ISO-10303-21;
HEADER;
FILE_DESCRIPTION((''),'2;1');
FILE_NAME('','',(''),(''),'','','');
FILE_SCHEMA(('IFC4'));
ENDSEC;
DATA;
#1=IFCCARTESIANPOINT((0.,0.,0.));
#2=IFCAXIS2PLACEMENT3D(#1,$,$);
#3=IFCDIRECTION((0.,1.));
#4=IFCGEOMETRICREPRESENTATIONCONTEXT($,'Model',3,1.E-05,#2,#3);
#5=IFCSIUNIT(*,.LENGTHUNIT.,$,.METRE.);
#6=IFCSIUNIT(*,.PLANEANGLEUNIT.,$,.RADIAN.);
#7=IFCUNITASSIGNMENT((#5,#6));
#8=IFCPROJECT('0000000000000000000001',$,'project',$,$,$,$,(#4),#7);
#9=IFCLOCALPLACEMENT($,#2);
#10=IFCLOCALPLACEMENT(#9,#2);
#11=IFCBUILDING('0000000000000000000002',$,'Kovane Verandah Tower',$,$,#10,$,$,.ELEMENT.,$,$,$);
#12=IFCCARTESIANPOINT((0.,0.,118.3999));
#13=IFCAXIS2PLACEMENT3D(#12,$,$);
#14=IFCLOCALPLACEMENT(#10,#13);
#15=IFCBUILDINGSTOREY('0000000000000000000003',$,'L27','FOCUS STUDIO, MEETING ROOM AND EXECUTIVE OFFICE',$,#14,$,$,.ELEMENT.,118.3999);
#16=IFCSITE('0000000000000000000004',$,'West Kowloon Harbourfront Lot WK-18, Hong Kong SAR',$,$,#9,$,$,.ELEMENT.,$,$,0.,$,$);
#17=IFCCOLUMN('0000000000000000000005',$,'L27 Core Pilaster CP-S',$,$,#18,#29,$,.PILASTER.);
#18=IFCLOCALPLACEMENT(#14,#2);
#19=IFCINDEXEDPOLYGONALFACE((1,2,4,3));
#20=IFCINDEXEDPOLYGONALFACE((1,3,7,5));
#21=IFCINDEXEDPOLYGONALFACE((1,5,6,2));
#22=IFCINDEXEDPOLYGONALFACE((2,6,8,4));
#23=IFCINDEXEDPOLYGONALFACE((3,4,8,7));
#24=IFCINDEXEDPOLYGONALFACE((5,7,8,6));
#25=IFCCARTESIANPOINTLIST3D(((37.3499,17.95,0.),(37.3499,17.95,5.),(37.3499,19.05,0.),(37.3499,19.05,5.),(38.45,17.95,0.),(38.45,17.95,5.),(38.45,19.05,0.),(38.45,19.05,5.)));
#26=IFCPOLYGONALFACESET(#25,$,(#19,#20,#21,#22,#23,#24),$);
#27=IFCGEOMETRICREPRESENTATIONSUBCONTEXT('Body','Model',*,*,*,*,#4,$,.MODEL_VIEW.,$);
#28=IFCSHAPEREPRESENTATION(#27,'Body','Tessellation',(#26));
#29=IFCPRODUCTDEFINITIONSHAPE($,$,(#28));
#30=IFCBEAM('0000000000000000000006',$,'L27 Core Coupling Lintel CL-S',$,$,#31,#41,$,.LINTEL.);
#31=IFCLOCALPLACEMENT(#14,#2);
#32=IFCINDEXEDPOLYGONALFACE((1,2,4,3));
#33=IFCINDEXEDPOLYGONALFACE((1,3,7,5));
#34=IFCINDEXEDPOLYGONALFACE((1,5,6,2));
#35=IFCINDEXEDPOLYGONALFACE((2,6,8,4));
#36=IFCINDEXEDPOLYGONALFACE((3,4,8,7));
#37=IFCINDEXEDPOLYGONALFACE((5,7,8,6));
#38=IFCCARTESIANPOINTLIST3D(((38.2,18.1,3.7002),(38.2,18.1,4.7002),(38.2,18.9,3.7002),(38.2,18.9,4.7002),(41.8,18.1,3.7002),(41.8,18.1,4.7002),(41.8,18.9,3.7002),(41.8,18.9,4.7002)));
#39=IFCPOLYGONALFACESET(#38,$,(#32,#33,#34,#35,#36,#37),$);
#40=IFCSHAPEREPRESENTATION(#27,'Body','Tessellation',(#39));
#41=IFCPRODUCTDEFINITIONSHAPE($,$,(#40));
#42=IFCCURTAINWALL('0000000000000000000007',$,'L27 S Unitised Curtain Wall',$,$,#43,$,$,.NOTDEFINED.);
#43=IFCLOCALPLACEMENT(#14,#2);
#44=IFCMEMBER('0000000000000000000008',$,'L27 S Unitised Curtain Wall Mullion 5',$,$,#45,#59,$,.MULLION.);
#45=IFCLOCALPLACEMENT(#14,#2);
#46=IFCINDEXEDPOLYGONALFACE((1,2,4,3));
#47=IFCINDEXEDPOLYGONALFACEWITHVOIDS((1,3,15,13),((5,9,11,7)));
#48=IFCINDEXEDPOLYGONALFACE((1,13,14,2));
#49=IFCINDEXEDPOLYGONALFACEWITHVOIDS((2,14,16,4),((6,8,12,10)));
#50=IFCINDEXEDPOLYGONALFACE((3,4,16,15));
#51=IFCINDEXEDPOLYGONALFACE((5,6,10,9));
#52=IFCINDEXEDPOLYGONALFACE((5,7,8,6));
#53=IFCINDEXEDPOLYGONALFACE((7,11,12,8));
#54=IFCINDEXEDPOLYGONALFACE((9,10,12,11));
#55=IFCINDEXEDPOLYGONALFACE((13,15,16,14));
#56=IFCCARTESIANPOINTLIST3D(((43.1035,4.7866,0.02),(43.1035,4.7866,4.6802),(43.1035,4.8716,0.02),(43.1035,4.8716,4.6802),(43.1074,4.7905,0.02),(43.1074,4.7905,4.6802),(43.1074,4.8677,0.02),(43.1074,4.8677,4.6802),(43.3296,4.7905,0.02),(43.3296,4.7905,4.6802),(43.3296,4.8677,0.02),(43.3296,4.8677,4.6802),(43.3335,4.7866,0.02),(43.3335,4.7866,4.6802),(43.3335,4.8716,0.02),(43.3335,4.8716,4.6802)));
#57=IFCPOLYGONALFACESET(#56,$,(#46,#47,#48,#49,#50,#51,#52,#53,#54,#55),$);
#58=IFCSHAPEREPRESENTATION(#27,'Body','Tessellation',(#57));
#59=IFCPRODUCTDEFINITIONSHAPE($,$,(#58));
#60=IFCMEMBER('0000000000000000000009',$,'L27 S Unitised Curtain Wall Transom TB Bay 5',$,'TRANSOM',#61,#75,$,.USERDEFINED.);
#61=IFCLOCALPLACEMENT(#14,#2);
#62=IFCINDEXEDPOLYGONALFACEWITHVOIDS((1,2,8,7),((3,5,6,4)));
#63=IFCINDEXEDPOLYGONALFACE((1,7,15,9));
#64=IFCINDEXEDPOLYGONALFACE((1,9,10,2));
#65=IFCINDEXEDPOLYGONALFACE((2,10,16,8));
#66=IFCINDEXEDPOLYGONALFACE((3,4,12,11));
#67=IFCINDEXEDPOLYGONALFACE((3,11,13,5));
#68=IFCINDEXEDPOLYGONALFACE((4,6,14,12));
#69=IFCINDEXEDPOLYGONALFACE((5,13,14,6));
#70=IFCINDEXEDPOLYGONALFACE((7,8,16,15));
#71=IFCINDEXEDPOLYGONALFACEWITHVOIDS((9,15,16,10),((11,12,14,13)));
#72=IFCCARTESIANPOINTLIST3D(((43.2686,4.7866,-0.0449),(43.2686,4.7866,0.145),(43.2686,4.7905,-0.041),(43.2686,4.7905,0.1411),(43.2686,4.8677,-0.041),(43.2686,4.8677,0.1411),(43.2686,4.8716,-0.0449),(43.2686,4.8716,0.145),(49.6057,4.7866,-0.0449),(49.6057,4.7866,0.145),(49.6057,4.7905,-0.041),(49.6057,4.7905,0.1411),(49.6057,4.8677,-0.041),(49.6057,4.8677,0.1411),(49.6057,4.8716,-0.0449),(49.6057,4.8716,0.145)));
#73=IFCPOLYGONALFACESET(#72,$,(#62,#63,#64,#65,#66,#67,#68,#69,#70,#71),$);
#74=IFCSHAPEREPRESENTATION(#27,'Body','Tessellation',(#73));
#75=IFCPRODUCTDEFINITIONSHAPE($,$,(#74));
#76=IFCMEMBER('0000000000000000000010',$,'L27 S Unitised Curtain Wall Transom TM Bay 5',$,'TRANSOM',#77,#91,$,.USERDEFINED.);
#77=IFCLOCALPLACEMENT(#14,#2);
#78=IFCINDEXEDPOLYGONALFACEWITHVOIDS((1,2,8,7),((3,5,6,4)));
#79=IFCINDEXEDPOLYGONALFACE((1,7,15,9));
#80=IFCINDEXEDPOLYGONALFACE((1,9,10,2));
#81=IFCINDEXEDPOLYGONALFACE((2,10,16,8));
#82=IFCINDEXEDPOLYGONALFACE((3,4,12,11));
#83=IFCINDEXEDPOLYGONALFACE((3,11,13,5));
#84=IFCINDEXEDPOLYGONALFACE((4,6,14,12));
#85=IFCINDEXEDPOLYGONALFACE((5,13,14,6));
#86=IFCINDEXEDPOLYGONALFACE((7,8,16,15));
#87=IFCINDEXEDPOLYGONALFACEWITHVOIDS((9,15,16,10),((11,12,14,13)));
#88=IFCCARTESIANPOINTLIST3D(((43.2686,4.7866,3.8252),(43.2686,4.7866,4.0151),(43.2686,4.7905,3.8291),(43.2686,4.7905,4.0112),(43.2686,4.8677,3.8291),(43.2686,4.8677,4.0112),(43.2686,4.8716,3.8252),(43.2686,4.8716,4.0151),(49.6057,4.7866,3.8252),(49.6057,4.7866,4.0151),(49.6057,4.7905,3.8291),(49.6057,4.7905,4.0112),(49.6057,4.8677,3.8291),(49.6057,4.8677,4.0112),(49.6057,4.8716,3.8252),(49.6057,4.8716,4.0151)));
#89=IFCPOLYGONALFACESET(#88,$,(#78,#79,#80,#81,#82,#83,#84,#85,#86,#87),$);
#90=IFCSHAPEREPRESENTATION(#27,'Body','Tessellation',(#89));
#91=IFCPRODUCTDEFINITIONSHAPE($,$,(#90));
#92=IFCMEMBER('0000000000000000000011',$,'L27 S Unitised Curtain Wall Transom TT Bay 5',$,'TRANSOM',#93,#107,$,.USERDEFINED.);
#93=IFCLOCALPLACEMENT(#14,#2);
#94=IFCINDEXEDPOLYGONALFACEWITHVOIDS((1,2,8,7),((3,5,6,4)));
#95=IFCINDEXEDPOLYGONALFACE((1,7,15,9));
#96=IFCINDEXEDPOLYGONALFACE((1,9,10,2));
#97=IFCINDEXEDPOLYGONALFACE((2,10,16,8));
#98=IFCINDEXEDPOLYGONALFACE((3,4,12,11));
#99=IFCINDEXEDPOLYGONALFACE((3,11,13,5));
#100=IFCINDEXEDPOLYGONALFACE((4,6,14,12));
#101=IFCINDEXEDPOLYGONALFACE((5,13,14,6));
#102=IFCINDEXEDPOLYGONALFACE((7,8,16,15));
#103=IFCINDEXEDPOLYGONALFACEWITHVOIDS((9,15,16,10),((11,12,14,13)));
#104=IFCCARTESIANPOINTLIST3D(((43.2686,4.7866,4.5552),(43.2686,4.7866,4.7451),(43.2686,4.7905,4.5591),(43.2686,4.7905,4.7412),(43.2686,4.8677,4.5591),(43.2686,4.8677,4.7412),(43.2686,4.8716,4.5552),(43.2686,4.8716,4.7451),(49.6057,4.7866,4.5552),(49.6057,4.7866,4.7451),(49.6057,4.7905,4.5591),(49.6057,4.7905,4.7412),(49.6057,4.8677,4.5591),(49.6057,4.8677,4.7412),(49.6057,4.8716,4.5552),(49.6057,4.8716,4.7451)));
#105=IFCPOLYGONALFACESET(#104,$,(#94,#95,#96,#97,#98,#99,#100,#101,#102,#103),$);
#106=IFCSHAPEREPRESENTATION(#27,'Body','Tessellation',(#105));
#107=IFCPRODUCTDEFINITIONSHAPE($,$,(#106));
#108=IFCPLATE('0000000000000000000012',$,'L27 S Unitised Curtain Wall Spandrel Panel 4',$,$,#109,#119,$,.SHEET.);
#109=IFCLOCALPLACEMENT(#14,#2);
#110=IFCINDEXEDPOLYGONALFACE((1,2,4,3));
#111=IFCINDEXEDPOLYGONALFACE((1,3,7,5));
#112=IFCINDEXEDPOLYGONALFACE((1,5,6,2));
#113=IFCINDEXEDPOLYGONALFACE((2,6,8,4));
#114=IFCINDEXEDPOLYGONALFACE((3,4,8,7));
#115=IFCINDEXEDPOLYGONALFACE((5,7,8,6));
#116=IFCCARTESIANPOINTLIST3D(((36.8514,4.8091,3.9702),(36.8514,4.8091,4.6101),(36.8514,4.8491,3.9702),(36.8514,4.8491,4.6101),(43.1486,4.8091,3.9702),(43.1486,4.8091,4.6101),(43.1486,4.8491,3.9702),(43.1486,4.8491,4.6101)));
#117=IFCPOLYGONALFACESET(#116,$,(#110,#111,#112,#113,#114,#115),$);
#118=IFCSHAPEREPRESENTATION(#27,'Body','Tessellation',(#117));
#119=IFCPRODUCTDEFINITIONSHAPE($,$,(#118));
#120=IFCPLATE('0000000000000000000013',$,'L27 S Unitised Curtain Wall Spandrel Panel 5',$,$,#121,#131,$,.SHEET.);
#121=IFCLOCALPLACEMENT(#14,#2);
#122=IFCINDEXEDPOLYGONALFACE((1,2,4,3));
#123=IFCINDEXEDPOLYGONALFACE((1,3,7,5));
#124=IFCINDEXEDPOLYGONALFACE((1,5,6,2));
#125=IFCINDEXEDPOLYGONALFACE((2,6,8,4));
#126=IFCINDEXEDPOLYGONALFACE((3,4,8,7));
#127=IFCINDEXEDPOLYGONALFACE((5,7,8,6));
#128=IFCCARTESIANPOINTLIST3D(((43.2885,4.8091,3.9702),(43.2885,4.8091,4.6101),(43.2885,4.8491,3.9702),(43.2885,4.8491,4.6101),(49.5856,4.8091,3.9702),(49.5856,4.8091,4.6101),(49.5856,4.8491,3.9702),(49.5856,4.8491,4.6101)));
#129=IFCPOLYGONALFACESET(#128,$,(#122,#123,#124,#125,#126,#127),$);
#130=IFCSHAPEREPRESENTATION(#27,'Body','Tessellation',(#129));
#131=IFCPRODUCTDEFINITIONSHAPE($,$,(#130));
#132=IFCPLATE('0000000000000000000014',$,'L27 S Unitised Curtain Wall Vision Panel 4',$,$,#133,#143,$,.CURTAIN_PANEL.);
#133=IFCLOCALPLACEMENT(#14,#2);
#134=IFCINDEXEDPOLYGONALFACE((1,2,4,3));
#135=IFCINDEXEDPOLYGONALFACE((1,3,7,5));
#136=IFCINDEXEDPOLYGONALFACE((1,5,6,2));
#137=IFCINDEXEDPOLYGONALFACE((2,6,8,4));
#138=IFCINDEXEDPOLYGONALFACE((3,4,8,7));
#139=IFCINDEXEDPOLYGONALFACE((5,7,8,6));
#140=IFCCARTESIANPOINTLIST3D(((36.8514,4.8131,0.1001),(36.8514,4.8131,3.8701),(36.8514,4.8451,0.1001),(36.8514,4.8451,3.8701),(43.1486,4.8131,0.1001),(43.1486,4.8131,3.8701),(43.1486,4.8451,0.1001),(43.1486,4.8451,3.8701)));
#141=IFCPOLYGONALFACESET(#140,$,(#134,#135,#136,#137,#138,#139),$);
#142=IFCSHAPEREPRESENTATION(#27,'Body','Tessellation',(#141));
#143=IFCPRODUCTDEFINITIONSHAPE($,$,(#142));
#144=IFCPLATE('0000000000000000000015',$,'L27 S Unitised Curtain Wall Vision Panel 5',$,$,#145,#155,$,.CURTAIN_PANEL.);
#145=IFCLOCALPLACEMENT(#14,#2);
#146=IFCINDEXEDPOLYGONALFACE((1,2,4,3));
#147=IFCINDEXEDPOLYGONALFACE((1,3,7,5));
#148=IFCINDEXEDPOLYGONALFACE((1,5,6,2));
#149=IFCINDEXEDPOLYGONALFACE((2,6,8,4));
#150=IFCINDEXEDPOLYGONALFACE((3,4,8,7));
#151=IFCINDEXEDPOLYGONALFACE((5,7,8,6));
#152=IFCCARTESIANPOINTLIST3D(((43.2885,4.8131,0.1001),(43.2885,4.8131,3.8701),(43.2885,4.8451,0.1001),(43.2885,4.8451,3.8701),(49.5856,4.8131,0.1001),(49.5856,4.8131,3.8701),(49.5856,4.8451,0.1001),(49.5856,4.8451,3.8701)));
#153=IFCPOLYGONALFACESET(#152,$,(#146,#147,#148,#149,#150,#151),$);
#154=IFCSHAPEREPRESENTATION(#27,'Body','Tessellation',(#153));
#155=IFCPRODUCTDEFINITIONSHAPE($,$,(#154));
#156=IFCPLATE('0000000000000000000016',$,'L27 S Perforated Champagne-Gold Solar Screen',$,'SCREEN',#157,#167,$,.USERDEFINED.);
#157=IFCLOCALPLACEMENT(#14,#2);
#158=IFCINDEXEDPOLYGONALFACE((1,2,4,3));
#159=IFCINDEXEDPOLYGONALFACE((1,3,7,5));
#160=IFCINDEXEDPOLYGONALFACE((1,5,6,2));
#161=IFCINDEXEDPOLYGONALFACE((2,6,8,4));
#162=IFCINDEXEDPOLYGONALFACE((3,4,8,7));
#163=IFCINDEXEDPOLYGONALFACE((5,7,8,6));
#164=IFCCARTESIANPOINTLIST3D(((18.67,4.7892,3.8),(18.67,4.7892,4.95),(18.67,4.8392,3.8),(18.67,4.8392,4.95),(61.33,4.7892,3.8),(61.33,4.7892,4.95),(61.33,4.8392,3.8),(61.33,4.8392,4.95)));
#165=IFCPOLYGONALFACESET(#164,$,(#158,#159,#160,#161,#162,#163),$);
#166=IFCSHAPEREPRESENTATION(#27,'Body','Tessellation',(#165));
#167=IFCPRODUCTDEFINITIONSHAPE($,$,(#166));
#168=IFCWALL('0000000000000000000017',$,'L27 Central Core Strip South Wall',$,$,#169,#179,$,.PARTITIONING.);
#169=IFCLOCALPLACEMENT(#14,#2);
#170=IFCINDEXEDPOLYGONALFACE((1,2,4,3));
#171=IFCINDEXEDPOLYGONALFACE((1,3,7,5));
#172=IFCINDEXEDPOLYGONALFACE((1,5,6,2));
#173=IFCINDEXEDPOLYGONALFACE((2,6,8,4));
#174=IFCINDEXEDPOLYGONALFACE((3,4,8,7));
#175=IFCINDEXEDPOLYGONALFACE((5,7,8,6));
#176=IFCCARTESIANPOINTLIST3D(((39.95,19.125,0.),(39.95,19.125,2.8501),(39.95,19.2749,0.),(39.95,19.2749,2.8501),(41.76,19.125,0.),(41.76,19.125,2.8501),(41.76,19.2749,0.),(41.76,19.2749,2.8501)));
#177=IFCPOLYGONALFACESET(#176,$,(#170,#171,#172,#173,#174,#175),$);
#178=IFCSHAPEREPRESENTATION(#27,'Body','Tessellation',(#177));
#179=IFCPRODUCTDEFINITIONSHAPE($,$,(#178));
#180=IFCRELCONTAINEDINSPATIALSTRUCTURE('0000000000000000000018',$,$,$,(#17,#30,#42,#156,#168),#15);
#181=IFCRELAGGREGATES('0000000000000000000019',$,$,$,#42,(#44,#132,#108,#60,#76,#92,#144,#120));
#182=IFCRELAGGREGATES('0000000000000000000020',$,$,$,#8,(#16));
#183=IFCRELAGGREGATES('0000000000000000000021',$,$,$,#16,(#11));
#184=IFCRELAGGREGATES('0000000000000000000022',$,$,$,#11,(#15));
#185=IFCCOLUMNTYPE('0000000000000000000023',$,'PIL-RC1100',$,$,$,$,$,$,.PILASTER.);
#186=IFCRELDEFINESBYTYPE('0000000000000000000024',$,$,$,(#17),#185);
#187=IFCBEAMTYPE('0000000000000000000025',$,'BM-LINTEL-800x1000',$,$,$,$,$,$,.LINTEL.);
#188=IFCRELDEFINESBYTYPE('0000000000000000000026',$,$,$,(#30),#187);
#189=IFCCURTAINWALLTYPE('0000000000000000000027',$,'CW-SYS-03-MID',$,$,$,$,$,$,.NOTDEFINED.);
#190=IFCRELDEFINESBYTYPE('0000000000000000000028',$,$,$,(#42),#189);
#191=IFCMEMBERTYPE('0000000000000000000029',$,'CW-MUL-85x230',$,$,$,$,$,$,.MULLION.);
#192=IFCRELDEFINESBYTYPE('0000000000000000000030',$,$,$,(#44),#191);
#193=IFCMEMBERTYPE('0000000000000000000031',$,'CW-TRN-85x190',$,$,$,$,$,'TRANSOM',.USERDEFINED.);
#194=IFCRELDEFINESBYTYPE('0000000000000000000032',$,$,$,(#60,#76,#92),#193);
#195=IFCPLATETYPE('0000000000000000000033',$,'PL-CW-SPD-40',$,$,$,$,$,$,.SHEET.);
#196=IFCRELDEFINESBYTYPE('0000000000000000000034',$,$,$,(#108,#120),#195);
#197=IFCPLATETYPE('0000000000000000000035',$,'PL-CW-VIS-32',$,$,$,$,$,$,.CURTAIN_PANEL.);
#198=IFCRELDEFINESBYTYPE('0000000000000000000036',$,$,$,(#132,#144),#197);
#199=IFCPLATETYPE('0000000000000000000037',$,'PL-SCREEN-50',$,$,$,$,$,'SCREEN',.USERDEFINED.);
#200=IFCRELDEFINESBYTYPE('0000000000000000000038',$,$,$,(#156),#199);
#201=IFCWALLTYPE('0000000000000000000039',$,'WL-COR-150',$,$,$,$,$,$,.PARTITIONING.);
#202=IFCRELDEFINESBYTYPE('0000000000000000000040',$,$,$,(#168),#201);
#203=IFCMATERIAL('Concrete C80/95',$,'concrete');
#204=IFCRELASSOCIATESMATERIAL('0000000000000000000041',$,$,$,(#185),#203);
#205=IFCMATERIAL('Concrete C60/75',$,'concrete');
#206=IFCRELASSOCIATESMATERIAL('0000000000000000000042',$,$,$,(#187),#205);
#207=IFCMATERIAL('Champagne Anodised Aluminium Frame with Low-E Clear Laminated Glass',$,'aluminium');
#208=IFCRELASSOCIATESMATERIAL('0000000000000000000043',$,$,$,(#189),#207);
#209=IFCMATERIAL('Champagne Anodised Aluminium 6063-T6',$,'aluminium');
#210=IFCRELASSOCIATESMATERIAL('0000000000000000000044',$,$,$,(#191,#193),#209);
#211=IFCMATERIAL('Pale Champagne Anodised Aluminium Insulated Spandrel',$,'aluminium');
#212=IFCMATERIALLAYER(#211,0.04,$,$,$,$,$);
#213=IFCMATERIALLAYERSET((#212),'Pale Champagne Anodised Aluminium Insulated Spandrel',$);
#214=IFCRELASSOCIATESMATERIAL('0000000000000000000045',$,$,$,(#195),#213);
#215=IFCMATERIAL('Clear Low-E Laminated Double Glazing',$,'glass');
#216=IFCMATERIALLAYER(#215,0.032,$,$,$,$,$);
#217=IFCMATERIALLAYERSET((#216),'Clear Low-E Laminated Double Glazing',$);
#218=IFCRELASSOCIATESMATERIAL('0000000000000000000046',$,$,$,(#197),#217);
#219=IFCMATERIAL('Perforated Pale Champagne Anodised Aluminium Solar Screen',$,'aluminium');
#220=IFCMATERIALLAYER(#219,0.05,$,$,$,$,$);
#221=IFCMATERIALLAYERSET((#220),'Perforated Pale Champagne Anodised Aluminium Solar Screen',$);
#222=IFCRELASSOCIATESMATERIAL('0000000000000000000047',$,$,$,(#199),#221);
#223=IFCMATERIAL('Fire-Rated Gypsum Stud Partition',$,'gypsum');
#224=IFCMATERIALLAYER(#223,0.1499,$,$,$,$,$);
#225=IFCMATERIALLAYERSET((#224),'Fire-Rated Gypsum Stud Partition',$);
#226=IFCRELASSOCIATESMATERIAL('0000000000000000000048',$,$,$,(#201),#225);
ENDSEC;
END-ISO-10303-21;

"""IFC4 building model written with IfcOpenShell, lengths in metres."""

from ifc_helpers import new_model, si_unit, direction, frame, frame_2d, origin, origin_2d, place, context, subcontext, project, spatial, rectangle, hollow_rectangle, extrude, material, layer, layer_set, material_profile, profile_set, type_object, element, aggregate, save


model = new_model("IFC4")

# Units and contexts
model_context = context("Model", 3, precision=1e-05, world=origin(), true_north=direction((0.0, 1.0)))
body_context = subcontext(model_context, "Body", "Model", "MODEL_VIEW")
ifc_project = project(units=[si_unit("LENGTHUNIT", "METRE"), si_unit("PLANEANGLEUNIT", "RADIAN")], contexts=[model_context])

# Site, building, storey
site_placement = place(None, origin())
site = spatial("IfcSite", under=ifc_project, at=site_placement, Name="West Kowloon Harbourfront Lot WK-18, Hong Kong SAR", CompositionType="ELEMENT", RefElevation=0.0)
building_placement = place(site_placement, origin())
building = spatial("IfcBuilding", under=site, at=building_placement, Name="Kovane Verandah Tower", CompositionType="ELEMENT")
storey_placement = place(building_placement, frame((0.0, 0.0, 118.3999)))
storey = spatial("IfcBuildingStorey", under=building, at=storey_placement, Name="L27", Description="FOCUS STUDIO, MEETING ROOM AND EXECUTIVE OFFICE", CompositionType="ELEMENT", Elevation=118.3999)

# Column
ifc_material_1 = material(Name="Concrete C80/95", Category="concrete")
ifc_material_profile_1 = material_profile(ifc_material_1, rectangle(XDim=1.1001, YDim=1.1001, at=origin_2d()), Name="RC1100x1100")
ifc_profile_set_1 = profile_set([ifc_material_profile_1], Name="Concrete C80/95")
column_type = type_object("IfcColumnType", Name="PIL-RC1100", PredefinedType="PILASTER", material=ifc_profile_set_1)
column_placement = place(storey_placement, frame((37.8999, 18.5, 0.0), z_axis=(0.0, 0.0, 1.0), x_axis=(1.0, 0.0, 0.0)))
element("IfcColumn", 1, at=column_placement, inside=storey, type_object=column_type, Name="L27 Core Pilaster CP-S", PredefinedType="PILASTER", context=body_context, shape_type="SweptSolid", body=[
    extrude(rectangle(XDim=1.1001, YDim=1.1001, at=origin_2d()), origin(), (0.0, 0.0, 1.0), 5.0),
])

# Beam
ifc_material_2 = material(Name="Concrete C60/75", Category="concrete")
ifc_material_profile_2 = material_profile(ifc_material_2, rectangle(XDim=0.8, YDim=1.0, at=origin_2d()), Name="RCB800x1000")
ifc_profile_set_2 = profile_set([ifc_material_profile_2], Name="Concrete C60/75")
beam_type = type_object("IfcBeamType", Name="BM-LINTEL-800x1000", PredefinedType="LINTEL", material=ifc_profile_set_2)
beam_placement = place(storey_placement, frame((38.2, 18.5, 4.2002), z_axis=(1.0, 0.0, 0.0), x_axis=(0.0, 1.0, 0.0)))
element("IfcBeam", 2, at=beam_placement, inside=storey, type_object=beam_type, Name="L27 Core Coupling Lintel CL-S", PredefinedType="LINTEL", context=body_context, shape_type="SweptSolid", body=[
    extrude(rectangle(XDim=0.8, YDim=1.0, at=origin_2d()), origin(), (0.0, 0.0, 1.0), 3.6001),
])

# Curtain wall, members, plates
ifc_material_3 = material(Name="Champagne Anodised Aluminium Frame with Low-E Clear Laminated Glass", Category="aluminium")
curtain_wall_type = type_object("IfcCurtainWallType", Name="CW-SYS-03-MID", PredefinedType="NOTDEFINED", material=ifc_material_3)
curtain_wall_placement = place(storey_placement, origin())
curtain_wall = element("IfcCurtainWall", 3, at=curtain_wall_placement, inside=storey, type_object=curtain_wall_type, Name="L27 S Unitised Curtain Wall", PredefinedType="NOTDEFINED")
ifc_material_4 = material(Name="Champagne Anodised Aluminium 6063-T6", Category="aluminium")
ifc_material_profile_3 = material_profile(ifc_material_4, hollow_rectangle(XDim=0.085, YDim=0.23, WallThickness=0.0039, at=origin_2d()), Name="AL85x230x4")
ifc_profile_set_3 = profile_set([ifc_material_profile_3], Name="Champagne Anodised Aluminium 6063-T6")
member_type_1 = type_object("IfcMemberType", Name="CW-MUL-85x230", PredefinedType="MULLION", material=ifc_profile_set_3)
member_1_placement = place(storey_placement, frame((43.2185, 4.8291, 0.02), z_axis=(0.0, 0.0, 1.0), x_axis=(0.0, -1.0, 0.0)))
member_1 = element("IfcMember", 4, at=member_1_placement, type_object=member_type_1, Name="L27 S Unitised Curtain Wall Mullion 5", PredefinedType="MULLION", context=body_context, shape_type="SweptSolid", body=[
    extrude(hollow_rectangle(XDim=0.085, YDim=0.23, WallThickness=0.0039, at=origin_2d()), origin(), (0.0, 0.0, 1.0), 4.6602),
])
ifc_material_profile_4 = material_profile(ifc_material_4, hollow_rectangle(XDim=0.085, YDim=0.1899, WallThickness=0.0039, at=origin_2d()), Name="AL85x190x4")
ifc_profile_set_4 = profile_set([ifc_material_profile_4], Name="Champagne Anodised Aluminium 6063-T6")
member_type_2 = type_object("IfcMemberType", Name="CW-TRN-85x190", ElementType="TRANSOM", PredefinedType="USERDEFINED", material=ifc_profile_set_4)
member_2_placement = place(storey_placement, frame((43.2686, 4.8291, 0.05), z_axis=(1.0, 0.0, 0.0), x_axis=(0.0, 1.0, 0.0)))
member_2 = element("IfcMember", 5, at=member_2_placement, type_object=member_type_2, Name="L27 S Unitised Curtain Wall Transom TB Bay 5", ObjectType="TRANSOM", PredefinedType="USERDEFINED", context=body_context, shape_type="SweptSolid", body=[
    extrude(hollow_rectangle(XDim=0.085, YDim=0.1899, WallThickness=0.0039, at=origin_2d()), origin(), (0.0, 0.0, 1.0), 6.3372),
])
member_3_placement = place(storey_placement, frame((43.2686, 4.8291, 3.9202), z_axis=(1.0, 0.0, 0.0), x_axis=(0.0, 1.0, 0.0)))
member_3 = element("IfcMember", 6, at=member_3_placement, type_object=member_type_2, Name="L27 S Unitised Curtain Wall Transom TM Bay 5", ObjectType="TRANSOM", PredefinedType="USERDEFINED", context=body_context, shape_type="SweptSolid", body=[
    extrude(hollow_rectangle(XDim=0.085, YDim=0.1899, WallThickness=0.0039, at=origin_2d()), origin(), (0.0, 0.0, 1.0), 6.3372),
])
member_4_placement = place(storey_placement, frame((43.2686, 4.8291, 4.6501), z_axis=(1.0, 0.0, 0.0), x_axis=(0.0, 1.0, 0.0)))
member_4 = element("IfcMember", 7, at=member_4_placement, type_object=member_type_2, Name="L27 S Unitised Curtain Wall Transom TT Bay 5", ObjectType="TRANSOM", PredefinedType="USERDEFINED", context=body_context, shape_type="SweptSolid", body=[
    extrude(hollow_rectangle(XDim=0.085, YDim=0.1899, WallThickness=0.0039, at=origin_2d()), origin(), (0.0, 0.0, 1.0), 6.3372),
])
ifc_material_5 = material(Name="Pale Champagne Anodised Aluminium Insulated Spandrel", Category="aluminium")
ifc_layer_1 = layer(ifc_material_5, 0.04)
ifc_layer_set_1 = layer_set([ifc_layer_1], Name="Pale Champagne Anodised Aluminium Insulated Spandrel")
plate_type_1 = type_object("IfcPlateType", Name="PL-CW-SPD-40", PredefinedType="SHEET", material=ifc_layer_set_1)
plate_1_placement = place(storey_placement, frame((40.0, 4.8291, 3.9702), z_axis=(0.0, 0.0, 1.0), x_axis=(1.0, 0.0, 0.0)))
plate_1 = element("IfcPlate", 8, at=plate_1_placement, type_object=plate_type_1, Name="L27 S Unitised Curtain Wall Spandrel Panel 4", PredefinedType="SHEET", context=body_context, shape_type="SweptSolid", body=[
    extrude(rectangle(XDim=6.2971, YDim=0.04, at=origin_2d()), origin(), (0.0, 0.0, 1.0), 0.6399),
])
plate_2_placement = place(storey_placement, frame((46.437, 4.8291, 3.9702), z_axis=(0.0, 0.0, 1.0), x_axis=(1.0, 0.0, 0.0)))
plate_2 = element("IfcPlate", 9, at=plate_2_placement, type_object=plate_type_1, Name="L27 S Unitised Curtain Wall Spandrel Panel 5", PredefinedType="SHEET", context=body_context, shape_type="SweptSolid", body=[
    extrude(rectangle(XDim=6.2971, YDim=0.04, at=origin_2d()), origin(), (0.0, 0.0, 1.0), 0.6399),
])
ifc_material_6 = material(Name="Clear Low-E Laminated Double Glazing", Category="glass")
ifc_layer_2 = layer(ifc_material_6, 0.032)
ifc_layer_set_2 = layer_set([ifc_layer_2], Name="Clear Low-E Laminated Double Glazing")
plate_type_2 = type_object("IfcPlateType", Name="PL-CW-VIS-32", PredefinedType="CURTAIN_PANEL", material=ifc_layer_set_2)
plate_3_placement = place(storey_placement, frame((40.0, 4.8291, 0.1001), z_axis=(0.0, 0.0, 1.0), x_axis=(1.0, 0.0, 0.0)))
plate_3 = element("IfcPlate", 10, at=plate_3_placement, type_object=plate_type_2, Name="L27 S Unitised Curtain Wall Vision Panel 4", PredefinedType="CURTAIN_PANEL", context=body_context, shape_type="SweptSolid", body=[
    extrude(rectangle(XDim=6.2971, YDim=0.032, at=origin_2d()), origin(), (0.0, 0.0, 1.0), 3.77),
])
plate_4_placement = place(storey_placement, frame((46.437, 4.8291, 0.1001), z_axis=(0.0, 0.0, 1.0), x_axis=(1.0, 0.0, 0.0)))
plate_4 = element("IfcPlate", 11, at=plate_4_placement, type_object=plate_type_2, Name="L27 S Unitised Curtain Wall Vision Panel 5", PredefinedType="CURTAIN_PANEL", context=body_context, shape_type="SweptSolid", body=[
    extrude(rectangle(XDim=6.2971, YDim=0.032, at=origin_2d()), origin(), (0.0, 0.0, 1.0), 3.77),
])
aggregate(curtain_wall, [member_1, plate_3, plate_1, member_2, member_3, member_4, plate_4, plate_2])

# Plate
ifc_material_7 = material(Name="Perforated Pale Champagne Anodised Aluminium Solar Screen", Category="aluminium")
ifc_layer_3 = layer(ifc_material_7, 0.05)
ifc_layer_set_3 = layer_set([ifc_layer_3], Name="Perforated Pale Champagne Anodised Aluminium Solar Screen")
plate_type_3 = type_object("IfcPlateType", Name="PL-SCREEN-50", ElementType="SCREEN", PredefinedType="USERDEFINED", material=ifc_layer_set_3)
plate_5_placement = place(storey_placement, frame((40.0, 4.8142, 3.8), z_axis=(0.0, 0.0, 1.0), x_axis=(1.0, 0.0, 0.0)))
element("IfcPlate", 12, at=plate_5_placement, inside=storey, type_object=plate_type_3, Name="L27 S Perforated Champagne-Gold Solar Screen", ObjectType="SCREEN", PredefinedType="USERDEFINED", context=body_context, shape_type="SweptSolid", body=[
    extrude(rectangle(XDim=42.6599, YDim=0.05, at=origin_2d()), origin(), (0.0, 0.0, 1.0), 1.1499),
])

# Wall
ifc_material_8 = material(Name="Fire-Rated Gypsum Stud Partition", Category="gypsum")
ifc_layer_4 = layer(ifc_material_8, 0.1499)
ifc_layer_set_4 = layer_set([ifc_layer_4], Name="Fire-Rated Gypsum Stud Partition")
wall_type_1 = type_object("IfcWallType", Name="WL-COR-150", PredefinedType="PARTITIONING", material=ifc_layer_set_4)
wall_1_placement = place(storey_placement, frame((39.95, 19.2, 0.0), z_axis=(0.0, 0.0, 1.0), x_axis=(1.0, 0.0, 0.0)))
element("IfcWall", 13, at=wall_1_placement, inside=storey, type_object=wall_type_1, Name="L27 Central Core Strip South Wall", PredefinedType="PARTITIONING", context=body_context, shape_type="SweptSolid", body=[
    extrude(rectangle(XDim=1.8101, YDim=0.1499, at=frame_2d((0.905, 0.0))), origin(), (0.0, 0.0, 1.0), 2.8501),
])

save(model, "model.ifc")
